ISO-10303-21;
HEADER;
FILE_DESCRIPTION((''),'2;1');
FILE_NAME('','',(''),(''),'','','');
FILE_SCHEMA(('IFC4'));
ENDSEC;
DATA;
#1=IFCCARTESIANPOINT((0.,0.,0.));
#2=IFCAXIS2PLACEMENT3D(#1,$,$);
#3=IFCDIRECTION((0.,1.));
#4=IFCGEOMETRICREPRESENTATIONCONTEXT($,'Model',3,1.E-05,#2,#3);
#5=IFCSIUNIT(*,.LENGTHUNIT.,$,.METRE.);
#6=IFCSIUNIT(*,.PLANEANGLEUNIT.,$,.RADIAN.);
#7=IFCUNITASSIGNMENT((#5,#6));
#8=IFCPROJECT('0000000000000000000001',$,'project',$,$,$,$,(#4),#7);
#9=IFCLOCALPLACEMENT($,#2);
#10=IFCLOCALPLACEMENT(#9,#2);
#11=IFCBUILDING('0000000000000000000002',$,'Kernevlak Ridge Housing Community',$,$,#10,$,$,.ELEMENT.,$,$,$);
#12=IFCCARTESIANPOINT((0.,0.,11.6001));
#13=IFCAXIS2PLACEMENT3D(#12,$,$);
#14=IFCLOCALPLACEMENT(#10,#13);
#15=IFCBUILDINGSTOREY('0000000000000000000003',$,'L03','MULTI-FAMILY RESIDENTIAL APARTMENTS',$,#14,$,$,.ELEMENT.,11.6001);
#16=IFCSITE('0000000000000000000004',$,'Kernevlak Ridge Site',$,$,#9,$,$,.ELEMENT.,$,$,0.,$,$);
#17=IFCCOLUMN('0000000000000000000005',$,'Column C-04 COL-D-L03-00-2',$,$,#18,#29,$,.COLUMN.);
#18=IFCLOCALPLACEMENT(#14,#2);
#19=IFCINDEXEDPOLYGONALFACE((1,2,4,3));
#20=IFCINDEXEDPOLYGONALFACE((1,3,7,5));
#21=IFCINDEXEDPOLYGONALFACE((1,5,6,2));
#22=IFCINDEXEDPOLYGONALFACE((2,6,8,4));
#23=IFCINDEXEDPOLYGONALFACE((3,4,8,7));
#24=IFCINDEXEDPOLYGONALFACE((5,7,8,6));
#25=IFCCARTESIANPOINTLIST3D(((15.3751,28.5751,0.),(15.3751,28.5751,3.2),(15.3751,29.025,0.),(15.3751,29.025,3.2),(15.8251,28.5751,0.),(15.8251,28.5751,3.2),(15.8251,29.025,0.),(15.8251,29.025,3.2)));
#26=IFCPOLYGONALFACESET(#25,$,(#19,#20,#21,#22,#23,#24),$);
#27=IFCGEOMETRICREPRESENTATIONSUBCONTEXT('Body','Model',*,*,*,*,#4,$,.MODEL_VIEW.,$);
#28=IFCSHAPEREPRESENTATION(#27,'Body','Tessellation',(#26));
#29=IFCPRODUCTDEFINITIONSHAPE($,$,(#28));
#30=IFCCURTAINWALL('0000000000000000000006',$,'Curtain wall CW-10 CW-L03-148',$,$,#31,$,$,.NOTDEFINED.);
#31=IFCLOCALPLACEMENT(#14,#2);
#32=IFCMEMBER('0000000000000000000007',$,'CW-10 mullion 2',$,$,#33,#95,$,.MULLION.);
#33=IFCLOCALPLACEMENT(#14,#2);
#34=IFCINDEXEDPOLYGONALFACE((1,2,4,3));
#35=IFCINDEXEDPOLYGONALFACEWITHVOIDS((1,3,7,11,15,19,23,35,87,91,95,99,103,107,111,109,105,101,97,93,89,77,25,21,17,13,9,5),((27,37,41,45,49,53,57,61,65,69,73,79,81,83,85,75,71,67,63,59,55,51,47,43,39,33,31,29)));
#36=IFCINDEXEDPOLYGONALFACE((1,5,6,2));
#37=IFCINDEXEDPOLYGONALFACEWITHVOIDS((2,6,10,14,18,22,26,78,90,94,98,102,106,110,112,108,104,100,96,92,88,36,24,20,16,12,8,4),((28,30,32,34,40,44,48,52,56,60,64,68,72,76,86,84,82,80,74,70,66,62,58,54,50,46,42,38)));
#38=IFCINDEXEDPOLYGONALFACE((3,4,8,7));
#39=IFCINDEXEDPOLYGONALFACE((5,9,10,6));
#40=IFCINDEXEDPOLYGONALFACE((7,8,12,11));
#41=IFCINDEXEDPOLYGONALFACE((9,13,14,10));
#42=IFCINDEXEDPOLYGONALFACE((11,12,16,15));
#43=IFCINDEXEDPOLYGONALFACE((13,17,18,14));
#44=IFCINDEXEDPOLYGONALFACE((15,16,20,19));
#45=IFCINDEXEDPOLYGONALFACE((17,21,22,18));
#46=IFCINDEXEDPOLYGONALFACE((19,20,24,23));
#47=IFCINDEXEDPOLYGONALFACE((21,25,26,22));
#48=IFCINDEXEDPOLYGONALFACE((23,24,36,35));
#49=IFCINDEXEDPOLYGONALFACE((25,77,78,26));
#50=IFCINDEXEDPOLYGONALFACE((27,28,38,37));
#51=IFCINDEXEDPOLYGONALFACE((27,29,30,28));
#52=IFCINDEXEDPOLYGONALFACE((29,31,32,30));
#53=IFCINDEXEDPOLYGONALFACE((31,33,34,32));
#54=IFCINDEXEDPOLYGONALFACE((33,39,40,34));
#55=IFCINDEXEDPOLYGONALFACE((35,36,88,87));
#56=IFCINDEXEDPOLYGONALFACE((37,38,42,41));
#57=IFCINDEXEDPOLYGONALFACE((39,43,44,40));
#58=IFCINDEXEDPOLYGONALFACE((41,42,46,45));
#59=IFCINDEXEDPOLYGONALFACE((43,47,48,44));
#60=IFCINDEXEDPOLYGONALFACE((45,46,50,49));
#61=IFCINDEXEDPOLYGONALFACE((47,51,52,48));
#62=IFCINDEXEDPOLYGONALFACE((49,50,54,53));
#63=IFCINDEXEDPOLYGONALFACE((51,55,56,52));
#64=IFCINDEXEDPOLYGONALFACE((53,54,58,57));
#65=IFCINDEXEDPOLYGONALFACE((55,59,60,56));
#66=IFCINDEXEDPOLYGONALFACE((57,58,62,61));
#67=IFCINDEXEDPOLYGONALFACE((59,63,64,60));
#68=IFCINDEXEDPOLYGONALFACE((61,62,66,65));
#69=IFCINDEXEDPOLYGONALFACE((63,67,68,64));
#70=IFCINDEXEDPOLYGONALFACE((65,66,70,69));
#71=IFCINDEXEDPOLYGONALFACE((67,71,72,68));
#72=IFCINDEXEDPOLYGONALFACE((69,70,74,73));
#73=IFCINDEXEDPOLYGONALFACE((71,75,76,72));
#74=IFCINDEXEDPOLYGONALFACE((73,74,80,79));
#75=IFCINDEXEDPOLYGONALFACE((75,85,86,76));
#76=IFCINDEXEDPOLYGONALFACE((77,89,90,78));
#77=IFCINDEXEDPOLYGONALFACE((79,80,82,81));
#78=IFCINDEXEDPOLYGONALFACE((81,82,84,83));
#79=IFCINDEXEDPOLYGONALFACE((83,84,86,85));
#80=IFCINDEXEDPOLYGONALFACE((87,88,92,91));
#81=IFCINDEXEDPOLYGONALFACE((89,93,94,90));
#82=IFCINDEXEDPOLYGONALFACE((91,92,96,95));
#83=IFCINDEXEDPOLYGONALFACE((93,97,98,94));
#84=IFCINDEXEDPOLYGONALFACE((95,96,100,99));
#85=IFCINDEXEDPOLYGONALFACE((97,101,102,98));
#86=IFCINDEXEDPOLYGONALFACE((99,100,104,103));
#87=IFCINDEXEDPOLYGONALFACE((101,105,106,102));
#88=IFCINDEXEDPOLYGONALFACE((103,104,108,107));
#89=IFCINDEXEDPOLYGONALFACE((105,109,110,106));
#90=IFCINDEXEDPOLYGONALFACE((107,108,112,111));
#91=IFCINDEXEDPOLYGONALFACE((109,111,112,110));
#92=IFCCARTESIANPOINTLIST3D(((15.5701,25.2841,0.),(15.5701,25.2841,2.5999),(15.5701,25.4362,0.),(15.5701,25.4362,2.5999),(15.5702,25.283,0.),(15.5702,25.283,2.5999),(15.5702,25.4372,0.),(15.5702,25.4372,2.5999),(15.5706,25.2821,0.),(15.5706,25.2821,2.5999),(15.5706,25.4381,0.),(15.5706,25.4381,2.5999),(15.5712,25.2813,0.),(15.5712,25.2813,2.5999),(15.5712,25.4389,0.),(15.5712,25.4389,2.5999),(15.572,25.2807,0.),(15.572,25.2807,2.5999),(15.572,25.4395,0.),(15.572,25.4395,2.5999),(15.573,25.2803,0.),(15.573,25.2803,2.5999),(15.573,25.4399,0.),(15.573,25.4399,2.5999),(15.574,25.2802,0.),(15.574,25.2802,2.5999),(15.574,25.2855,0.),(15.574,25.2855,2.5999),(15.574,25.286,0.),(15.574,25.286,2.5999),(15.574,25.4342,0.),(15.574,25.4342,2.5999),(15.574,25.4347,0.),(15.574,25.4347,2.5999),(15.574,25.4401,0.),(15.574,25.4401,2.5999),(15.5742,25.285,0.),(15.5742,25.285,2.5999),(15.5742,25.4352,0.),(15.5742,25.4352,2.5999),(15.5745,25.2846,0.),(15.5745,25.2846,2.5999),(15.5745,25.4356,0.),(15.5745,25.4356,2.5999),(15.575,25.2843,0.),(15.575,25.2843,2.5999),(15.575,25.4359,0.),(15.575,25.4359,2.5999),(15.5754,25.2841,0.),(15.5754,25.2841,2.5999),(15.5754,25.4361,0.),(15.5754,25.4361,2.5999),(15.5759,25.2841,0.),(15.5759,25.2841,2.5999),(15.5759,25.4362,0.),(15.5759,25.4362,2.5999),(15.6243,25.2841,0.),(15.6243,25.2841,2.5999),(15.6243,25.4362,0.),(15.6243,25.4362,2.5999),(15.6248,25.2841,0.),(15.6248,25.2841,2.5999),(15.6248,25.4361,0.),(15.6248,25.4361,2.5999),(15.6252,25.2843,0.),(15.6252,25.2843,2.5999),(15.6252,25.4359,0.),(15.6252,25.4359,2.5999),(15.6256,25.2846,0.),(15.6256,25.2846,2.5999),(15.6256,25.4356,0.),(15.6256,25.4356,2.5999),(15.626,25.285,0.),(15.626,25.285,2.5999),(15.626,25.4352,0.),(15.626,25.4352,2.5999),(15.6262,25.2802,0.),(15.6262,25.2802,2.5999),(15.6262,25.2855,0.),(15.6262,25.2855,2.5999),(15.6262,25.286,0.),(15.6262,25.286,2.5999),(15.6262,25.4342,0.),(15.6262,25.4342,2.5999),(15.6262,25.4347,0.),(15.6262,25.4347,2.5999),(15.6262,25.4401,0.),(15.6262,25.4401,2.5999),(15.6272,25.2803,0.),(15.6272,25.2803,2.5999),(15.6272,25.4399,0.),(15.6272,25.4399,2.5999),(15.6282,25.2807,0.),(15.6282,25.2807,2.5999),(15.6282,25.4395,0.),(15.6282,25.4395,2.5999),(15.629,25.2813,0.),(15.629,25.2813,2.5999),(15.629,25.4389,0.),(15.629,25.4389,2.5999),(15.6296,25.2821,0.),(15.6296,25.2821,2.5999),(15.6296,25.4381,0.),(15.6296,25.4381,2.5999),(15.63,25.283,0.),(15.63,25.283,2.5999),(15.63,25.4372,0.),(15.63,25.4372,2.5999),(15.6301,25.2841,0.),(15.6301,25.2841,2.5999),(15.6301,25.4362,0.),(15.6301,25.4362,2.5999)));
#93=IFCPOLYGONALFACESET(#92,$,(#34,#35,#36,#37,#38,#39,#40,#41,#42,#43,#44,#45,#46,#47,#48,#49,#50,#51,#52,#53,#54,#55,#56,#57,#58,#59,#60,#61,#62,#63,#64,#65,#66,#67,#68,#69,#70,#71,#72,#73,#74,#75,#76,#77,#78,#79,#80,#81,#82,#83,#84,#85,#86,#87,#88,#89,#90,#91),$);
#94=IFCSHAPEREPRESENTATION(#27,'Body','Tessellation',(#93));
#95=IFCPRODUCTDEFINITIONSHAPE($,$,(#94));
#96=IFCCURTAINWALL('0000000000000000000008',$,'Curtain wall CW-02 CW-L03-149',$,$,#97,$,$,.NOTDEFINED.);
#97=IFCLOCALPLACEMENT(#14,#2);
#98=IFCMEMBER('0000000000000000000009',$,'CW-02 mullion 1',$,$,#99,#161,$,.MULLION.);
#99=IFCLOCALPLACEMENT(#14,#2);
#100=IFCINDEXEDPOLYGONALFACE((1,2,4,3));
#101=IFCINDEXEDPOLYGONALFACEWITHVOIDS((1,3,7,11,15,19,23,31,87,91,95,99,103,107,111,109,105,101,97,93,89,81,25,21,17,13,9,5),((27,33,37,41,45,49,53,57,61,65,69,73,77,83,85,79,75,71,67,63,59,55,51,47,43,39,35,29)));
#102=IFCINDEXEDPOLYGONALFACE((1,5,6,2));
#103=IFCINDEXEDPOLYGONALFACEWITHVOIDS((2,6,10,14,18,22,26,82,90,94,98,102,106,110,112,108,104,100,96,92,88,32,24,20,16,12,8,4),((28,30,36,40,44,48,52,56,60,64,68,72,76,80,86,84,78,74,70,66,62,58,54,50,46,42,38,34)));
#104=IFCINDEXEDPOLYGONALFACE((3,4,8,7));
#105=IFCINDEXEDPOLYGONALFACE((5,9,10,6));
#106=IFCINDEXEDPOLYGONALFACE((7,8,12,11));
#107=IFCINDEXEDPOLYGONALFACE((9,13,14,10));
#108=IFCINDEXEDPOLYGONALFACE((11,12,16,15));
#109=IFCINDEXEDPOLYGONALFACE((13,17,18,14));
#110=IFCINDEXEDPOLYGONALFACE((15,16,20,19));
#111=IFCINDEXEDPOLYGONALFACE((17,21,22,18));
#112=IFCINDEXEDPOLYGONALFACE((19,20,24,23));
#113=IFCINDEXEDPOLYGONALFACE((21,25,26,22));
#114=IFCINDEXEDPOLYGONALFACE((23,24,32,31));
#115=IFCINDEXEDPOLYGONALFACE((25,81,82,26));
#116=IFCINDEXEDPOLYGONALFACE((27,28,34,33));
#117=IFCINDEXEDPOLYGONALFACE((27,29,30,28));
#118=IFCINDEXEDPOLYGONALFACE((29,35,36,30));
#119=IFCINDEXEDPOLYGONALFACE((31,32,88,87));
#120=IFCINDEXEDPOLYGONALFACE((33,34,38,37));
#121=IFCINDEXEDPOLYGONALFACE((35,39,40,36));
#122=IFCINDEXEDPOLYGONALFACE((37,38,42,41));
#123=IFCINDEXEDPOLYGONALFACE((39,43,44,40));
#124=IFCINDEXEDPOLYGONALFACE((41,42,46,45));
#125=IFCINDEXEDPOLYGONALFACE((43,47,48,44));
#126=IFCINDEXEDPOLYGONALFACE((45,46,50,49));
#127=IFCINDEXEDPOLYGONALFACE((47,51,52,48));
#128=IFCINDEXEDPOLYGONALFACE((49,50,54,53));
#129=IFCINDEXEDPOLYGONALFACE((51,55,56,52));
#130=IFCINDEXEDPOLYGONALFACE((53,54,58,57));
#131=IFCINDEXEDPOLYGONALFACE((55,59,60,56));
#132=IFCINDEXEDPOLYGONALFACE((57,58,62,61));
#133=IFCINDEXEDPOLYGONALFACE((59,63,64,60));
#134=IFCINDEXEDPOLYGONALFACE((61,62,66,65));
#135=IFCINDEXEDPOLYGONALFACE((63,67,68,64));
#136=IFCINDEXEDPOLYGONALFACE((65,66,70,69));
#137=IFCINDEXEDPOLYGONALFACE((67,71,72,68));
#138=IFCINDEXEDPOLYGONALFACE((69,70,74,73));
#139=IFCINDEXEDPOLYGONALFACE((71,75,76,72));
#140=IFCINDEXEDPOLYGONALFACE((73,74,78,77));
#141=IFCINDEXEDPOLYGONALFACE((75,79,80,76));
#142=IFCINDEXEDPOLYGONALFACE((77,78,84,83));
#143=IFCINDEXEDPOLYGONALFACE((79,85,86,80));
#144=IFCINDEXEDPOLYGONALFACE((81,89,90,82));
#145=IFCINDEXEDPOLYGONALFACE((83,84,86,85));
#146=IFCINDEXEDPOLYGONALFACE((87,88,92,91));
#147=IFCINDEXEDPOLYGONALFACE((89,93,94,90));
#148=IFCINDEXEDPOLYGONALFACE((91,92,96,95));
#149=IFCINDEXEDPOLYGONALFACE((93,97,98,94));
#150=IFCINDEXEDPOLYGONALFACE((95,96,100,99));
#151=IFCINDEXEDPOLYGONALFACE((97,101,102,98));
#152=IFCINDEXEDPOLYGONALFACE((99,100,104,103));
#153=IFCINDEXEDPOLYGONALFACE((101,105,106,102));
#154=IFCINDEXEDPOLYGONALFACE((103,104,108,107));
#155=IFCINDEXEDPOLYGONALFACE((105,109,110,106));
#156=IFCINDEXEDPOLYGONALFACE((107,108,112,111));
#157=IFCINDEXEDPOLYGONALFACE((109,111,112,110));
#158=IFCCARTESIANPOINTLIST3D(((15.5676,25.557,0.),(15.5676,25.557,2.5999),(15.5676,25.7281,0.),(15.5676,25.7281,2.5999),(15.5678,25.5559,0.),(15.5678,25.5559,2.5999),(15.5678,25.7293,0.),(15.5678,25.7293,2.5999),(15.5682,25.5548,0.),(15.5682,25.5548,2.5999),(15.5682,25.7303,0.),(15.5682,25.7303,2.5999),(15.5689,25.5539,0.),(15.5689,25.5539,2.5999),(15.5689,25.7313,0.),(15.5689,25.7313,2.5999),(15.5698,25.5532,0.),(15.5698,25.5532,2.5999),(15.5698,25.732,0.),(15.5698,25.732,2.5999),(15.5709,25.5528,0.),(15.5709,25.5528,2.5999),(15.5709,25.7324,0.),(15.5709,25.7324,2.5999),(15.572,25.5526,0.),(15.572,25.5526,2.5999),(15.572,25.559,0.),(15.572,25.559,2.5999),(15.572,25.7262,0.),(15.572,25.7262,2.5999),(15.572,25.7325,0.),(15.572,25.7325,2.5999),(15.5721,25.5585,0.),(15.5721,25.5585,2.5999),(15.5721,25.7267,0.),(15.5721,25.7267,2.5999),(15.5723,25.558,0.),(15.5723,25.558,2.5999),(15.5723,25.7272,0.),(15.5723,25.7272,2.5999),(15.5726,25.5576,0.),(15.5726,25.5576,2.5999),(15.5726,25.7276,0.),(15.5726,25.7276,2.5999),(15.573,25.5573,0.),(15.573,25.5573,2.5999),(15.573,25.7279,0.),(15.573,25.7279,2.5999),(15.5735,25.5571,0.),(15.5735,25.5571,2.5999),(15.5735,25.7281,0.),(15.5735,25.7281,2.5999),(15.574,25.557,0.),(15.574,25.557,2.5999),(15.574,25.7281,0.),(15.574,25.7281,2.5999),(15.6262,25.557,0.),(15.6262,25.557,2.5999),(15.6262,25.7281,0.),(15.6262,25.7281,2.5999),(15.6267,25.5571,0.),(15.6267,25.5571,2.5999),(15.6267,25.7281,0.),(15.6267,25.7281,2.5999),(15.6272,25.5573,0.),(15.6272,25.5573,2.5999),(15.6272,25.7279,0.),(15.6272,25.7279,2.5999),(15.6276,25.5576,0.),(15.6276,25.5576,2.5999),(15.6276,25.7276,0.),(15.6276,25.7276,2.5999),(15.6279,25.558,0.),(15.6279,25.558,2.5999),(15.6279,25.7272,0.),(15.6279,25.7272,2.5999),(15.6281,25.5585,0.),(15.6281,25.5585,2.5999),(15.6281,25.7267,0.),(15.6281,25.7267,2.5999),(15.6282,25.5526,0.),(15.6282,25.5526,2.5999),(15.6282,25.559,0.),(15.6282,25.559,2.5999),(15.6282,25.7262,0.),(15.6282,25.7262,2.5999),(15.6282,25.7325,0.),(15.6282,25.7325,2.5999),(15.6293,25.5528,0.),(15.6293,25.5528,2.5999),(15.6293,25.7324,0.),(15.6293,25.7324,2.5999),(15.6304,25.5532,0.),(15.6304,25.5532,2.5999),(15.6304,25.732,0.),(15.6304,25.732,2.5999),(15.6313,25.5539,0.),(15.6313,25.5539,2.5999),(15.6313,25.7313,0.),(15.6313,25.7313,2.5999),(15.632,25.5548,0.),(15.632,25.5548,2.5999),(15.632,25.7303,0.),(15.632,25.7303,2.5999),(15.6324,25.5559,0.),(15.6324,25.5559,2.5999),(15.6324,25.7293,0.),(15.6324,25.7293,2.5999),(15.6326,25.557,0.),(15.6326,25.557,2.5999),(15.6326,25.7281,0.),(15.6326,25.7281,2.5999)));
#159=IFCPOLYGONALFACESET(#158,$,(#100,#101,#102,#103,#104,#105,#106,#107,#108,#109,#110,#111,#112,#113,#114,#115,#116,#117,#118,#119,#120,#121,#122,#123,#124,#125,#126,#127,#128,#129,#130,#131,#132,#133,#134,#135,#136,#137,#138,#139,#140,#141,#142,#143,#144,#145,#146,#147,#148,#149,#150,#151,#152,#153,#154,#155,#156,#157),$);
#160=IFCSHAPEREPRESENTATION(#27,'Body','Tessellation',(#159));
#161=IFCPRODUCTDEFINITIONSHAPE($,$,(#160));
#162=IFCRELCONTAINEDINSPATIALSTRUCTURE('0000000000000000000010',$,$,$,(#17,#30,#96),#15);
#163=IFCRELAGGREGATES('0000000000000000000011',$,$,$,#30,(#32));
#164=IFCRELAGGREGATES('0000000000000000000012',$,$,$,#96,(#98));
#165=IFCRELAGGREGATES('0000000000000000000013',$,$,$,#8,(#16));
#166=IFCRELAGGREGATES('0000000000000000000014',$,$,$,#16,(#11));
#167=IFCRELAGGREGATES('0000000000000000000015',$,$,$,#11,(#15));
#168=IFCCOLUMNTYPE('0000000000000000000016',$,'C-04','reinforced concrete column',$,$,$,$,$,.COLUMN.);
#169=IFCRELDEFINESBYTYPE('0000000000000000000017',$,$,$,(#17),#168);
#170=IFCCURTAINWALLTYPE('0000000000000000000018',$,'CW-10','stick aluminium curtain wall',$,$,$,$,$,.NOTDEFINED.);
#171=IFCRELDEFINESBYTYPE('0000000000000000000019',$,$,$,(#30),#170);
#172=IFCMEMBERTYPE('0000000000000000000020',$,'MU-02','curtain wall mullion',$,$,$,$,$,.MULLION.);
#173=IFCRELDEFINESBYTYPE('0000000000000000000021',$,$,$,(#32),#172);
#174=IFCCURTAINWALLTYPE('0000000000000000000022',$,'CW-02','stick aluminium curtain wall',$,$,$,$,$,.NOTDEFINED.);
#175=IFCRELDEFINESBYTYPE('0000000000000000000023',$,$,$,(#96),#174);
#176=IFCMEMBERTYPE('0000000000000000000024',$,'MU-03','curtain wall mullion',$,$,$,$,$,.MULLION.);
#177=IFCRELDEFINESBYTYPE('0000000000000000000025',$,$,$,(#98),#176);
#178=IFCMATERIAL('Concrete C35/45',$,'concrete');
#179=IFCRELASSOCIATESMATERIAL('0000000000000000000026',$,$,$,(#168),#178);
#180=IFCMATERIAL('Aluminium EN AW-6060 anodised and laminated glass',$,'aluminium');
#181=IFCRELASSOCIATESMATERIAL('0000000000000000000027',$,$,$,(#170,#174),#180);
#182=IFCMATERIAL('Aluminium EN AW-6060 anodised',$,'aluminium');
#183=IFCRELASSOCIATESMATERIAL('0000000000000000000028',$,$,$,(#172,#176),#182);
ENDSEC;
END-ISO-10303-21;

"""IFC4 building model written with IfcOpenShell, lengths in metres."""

from ifc_helpers import new_model, si_unit, direction, frame, origin, origin_2d, place, context, subcontext, project, spatial, rectangle, hollow_rectangle, extrude, material, material_profile, profile_set, type_object, element, aggregate, save


model = new_model("IFC4")

# Units and contexts
model_context = context("Model", 3, precision=1e-05, world=origin(), true_north=direction((0.0, 1.0)))
body_context = subcontext(model_context, "Body", "Model", "MODEL_VIEW")
ifc_project = project(units=[si_unit("LENGTHUNIT", "METRE"), si_unit("PLANEANGLEUNIT", "RADIAN")], contexts=[model_context])

# Site, building, storey
site_placement = place(None, origin())
site = spatial("IfcSite", under=ifc_project, at=site_placement, Name="Kernevlak Ridge Site", CompositionType="ELEMENT", RefElevation=0.0)
building_placement = place(site_placement, origin())
building = spatial("IfcBuilding", under=site, at=building_placement, Name="Kernevlak Ridge Housing Community", CompositionType="ELEMENT")
storey_placement = place(building_placement, frame((0.0, 0.0, 11.6001)))
storey = spatial("IfcBuildingStorey", under=building, at=storey_placement, Name="L03", Description="MULTI-FAMILY RESIDENTIAL APARTMENTS", CompositionType="ELEMENT", Elevation=11.6001)

# Column
ifc_material_1 = material(Name="Concrete C35/45", Category="concrete")
ifc_material_profile_1 = material_profile(ifc_material_1, rectangle(XDim=0.45, YDim=0.45, at=origin_2d()), Name="RC 450x450")
ifc_profile_set_1 = profile_set([ifc_material_profile_1], Name="Concrete C35/45")
column_type = type_object("IfcColumnType", Name="C-04", Description="reinforced concrete column", PredefinedType="COLUMN", material=ifc_profile_set_1)
column_placement = place(storey_placement, frame((15.6001, 28.8, 0.0), z_axis=(0.0, 0.0, 1.0), x_axis=(1.0, 0.0, 0.0)))
element("IfcColumn", 1, at=column_placement, inside=storey, type_object=column_type, Name="Column C-04 COL-D-L03-00-2", PredefinedType="COLUMN", context=body_context, shape_type="SweptSolid", body=[
    extrude(rectangle(XDim=0.45, YDim=0.45, at=origin_2d()), origin(), (0.0, 0.0, 1.0), 3.2),
])

# Curtain wall, member
ifc_material_2 = material(Name="Aluminium EN AW-6060 anodised and laminated glass", Category="aluminium")
curtain_wall_type_1 = type_object("IfcCurtainWallType", Name="CW-10", Description="stick aluminium curtain wall", PredefinedType="NOTDEFINED", material=ifc_material_2)
curtain_wall_1_placement = place(storey_placement, origin())
curtain_wall_1 = element("IfcCurtainWall", 2, at=curtain_wall_1_placement, inside=storey, type_object=curtain_wall_type_1, Name="Curtain wall CW-10 CW-L03-148", PredefinedType="NOTDEFINED")
ifc_material_3 = material(Name="Aluminium EN AW-6060 anodised", Category="aluminium")
ifc_material_profile_2 = material_profile(ifc_material_3, hollow_rectangle(XDim=0.0601, YDim=0.1599, WallThickness=0.0039, InnerFilletRadius=0.002, OuterFilletRadius=0.0039, at=origin_2d()), Name="ALU 60x160x4")
ifc_profile_set_2 = profile_set([ifc_material_profile_2], Name="Aluminium EN AW-6060 anodised")
member_type_1 = type_object("IfcMemberType", Name="MU-02", Description="curtain wall mullion", PredefinedType="MULLION", material=ifc_profile_set_2)
member_1_placement = place(storey_placement, frame((15.6001, 25.3601, 0.0), z_axis=(0.0, 0.0, 1.0), x_axis=(-1.0, 0.0, 0.0)))
member_1 = element("IfcMember", 3, at=member_1_placement, type_object=member_type_1, Name="CW-10 mullion 2", PredefinedType="MULLION", context=body_context, shape_type="SweptSolid", body=[
    extrude(hollow_rectangle(XDim=0.0601, YDim=0.1599, WallThickness=0.0039, InnerFilletRadius=0.002, OuterFilletRadius=0.0039, at=origin_2d()), origin(), (0.0, 0.0, 1.0), 2.5999),
])

# Curtain wall, member
curtain_wall_type_2 = type_object("IfcCurtainWallType", Name="CW-02", Description="stick aluminium curtain wall", PredefinedType="NOTDEFINED", material=ifc_material_2)
curtain_wall_2_placement = place(storey_placement, origin())
curtain_wall_2 = element("IfcCurtainWall", 4, at=curtain_wall_2_placement, inside=storey, type_object=curtain_wall_type_2, Name="Curtain wall CW-02 CW-L03-149", PredefinedType="NOTDEFINED")
ifc_material_profile_3 = material_profile(ifc_material_3, hollow_rectangle(XDim=0.0649, YDim=0.1799, WallThickness=0.0044, InnerFilletRadius=0.002, OuterFilletRadius=0.0044, at=origin_2d()), Name="ALU 65x180x4.5")
ifc_profile_set_3 = profile_set([ifc_material_profile_3], Name="Aluminium EN AW-6060 anodised")
member_type_2 = type_object("IfcMemberType", Name="MU-03", Description="curtain wall mullion", PredefinedType="MULLION", material=ifc_profile_set_3)
member_2_placement = place(storey_placement, frame((15.6001, 25.6426, 0.0), z_axis=(0.0, 0.0, 1.0), x_axis=(-1.0, 0.0, 0.0)))
member_2 = element("IfcMember", 5, at=member_2_placement, type_object=member_type_2, Name="CW-02 mullion 1", PredefinedType="MULLION", context=body_context, shape_type="SweptSolid", body=[
    extrude(hollow_rectangle(XDim=0.0649, YDim=0.1799, WallThickness=0.0044, InnerFilletRadius=0.002, OuterFilletRadius=0.0044, at=origin_2d()), origin(), (0.0, 0.0, 1.0), 2.5999),
])

aggregate(curtain_wall_1, [member_1])
aggregate(curtain_wall_2, [member_2])

save(model, "model.ifc")
